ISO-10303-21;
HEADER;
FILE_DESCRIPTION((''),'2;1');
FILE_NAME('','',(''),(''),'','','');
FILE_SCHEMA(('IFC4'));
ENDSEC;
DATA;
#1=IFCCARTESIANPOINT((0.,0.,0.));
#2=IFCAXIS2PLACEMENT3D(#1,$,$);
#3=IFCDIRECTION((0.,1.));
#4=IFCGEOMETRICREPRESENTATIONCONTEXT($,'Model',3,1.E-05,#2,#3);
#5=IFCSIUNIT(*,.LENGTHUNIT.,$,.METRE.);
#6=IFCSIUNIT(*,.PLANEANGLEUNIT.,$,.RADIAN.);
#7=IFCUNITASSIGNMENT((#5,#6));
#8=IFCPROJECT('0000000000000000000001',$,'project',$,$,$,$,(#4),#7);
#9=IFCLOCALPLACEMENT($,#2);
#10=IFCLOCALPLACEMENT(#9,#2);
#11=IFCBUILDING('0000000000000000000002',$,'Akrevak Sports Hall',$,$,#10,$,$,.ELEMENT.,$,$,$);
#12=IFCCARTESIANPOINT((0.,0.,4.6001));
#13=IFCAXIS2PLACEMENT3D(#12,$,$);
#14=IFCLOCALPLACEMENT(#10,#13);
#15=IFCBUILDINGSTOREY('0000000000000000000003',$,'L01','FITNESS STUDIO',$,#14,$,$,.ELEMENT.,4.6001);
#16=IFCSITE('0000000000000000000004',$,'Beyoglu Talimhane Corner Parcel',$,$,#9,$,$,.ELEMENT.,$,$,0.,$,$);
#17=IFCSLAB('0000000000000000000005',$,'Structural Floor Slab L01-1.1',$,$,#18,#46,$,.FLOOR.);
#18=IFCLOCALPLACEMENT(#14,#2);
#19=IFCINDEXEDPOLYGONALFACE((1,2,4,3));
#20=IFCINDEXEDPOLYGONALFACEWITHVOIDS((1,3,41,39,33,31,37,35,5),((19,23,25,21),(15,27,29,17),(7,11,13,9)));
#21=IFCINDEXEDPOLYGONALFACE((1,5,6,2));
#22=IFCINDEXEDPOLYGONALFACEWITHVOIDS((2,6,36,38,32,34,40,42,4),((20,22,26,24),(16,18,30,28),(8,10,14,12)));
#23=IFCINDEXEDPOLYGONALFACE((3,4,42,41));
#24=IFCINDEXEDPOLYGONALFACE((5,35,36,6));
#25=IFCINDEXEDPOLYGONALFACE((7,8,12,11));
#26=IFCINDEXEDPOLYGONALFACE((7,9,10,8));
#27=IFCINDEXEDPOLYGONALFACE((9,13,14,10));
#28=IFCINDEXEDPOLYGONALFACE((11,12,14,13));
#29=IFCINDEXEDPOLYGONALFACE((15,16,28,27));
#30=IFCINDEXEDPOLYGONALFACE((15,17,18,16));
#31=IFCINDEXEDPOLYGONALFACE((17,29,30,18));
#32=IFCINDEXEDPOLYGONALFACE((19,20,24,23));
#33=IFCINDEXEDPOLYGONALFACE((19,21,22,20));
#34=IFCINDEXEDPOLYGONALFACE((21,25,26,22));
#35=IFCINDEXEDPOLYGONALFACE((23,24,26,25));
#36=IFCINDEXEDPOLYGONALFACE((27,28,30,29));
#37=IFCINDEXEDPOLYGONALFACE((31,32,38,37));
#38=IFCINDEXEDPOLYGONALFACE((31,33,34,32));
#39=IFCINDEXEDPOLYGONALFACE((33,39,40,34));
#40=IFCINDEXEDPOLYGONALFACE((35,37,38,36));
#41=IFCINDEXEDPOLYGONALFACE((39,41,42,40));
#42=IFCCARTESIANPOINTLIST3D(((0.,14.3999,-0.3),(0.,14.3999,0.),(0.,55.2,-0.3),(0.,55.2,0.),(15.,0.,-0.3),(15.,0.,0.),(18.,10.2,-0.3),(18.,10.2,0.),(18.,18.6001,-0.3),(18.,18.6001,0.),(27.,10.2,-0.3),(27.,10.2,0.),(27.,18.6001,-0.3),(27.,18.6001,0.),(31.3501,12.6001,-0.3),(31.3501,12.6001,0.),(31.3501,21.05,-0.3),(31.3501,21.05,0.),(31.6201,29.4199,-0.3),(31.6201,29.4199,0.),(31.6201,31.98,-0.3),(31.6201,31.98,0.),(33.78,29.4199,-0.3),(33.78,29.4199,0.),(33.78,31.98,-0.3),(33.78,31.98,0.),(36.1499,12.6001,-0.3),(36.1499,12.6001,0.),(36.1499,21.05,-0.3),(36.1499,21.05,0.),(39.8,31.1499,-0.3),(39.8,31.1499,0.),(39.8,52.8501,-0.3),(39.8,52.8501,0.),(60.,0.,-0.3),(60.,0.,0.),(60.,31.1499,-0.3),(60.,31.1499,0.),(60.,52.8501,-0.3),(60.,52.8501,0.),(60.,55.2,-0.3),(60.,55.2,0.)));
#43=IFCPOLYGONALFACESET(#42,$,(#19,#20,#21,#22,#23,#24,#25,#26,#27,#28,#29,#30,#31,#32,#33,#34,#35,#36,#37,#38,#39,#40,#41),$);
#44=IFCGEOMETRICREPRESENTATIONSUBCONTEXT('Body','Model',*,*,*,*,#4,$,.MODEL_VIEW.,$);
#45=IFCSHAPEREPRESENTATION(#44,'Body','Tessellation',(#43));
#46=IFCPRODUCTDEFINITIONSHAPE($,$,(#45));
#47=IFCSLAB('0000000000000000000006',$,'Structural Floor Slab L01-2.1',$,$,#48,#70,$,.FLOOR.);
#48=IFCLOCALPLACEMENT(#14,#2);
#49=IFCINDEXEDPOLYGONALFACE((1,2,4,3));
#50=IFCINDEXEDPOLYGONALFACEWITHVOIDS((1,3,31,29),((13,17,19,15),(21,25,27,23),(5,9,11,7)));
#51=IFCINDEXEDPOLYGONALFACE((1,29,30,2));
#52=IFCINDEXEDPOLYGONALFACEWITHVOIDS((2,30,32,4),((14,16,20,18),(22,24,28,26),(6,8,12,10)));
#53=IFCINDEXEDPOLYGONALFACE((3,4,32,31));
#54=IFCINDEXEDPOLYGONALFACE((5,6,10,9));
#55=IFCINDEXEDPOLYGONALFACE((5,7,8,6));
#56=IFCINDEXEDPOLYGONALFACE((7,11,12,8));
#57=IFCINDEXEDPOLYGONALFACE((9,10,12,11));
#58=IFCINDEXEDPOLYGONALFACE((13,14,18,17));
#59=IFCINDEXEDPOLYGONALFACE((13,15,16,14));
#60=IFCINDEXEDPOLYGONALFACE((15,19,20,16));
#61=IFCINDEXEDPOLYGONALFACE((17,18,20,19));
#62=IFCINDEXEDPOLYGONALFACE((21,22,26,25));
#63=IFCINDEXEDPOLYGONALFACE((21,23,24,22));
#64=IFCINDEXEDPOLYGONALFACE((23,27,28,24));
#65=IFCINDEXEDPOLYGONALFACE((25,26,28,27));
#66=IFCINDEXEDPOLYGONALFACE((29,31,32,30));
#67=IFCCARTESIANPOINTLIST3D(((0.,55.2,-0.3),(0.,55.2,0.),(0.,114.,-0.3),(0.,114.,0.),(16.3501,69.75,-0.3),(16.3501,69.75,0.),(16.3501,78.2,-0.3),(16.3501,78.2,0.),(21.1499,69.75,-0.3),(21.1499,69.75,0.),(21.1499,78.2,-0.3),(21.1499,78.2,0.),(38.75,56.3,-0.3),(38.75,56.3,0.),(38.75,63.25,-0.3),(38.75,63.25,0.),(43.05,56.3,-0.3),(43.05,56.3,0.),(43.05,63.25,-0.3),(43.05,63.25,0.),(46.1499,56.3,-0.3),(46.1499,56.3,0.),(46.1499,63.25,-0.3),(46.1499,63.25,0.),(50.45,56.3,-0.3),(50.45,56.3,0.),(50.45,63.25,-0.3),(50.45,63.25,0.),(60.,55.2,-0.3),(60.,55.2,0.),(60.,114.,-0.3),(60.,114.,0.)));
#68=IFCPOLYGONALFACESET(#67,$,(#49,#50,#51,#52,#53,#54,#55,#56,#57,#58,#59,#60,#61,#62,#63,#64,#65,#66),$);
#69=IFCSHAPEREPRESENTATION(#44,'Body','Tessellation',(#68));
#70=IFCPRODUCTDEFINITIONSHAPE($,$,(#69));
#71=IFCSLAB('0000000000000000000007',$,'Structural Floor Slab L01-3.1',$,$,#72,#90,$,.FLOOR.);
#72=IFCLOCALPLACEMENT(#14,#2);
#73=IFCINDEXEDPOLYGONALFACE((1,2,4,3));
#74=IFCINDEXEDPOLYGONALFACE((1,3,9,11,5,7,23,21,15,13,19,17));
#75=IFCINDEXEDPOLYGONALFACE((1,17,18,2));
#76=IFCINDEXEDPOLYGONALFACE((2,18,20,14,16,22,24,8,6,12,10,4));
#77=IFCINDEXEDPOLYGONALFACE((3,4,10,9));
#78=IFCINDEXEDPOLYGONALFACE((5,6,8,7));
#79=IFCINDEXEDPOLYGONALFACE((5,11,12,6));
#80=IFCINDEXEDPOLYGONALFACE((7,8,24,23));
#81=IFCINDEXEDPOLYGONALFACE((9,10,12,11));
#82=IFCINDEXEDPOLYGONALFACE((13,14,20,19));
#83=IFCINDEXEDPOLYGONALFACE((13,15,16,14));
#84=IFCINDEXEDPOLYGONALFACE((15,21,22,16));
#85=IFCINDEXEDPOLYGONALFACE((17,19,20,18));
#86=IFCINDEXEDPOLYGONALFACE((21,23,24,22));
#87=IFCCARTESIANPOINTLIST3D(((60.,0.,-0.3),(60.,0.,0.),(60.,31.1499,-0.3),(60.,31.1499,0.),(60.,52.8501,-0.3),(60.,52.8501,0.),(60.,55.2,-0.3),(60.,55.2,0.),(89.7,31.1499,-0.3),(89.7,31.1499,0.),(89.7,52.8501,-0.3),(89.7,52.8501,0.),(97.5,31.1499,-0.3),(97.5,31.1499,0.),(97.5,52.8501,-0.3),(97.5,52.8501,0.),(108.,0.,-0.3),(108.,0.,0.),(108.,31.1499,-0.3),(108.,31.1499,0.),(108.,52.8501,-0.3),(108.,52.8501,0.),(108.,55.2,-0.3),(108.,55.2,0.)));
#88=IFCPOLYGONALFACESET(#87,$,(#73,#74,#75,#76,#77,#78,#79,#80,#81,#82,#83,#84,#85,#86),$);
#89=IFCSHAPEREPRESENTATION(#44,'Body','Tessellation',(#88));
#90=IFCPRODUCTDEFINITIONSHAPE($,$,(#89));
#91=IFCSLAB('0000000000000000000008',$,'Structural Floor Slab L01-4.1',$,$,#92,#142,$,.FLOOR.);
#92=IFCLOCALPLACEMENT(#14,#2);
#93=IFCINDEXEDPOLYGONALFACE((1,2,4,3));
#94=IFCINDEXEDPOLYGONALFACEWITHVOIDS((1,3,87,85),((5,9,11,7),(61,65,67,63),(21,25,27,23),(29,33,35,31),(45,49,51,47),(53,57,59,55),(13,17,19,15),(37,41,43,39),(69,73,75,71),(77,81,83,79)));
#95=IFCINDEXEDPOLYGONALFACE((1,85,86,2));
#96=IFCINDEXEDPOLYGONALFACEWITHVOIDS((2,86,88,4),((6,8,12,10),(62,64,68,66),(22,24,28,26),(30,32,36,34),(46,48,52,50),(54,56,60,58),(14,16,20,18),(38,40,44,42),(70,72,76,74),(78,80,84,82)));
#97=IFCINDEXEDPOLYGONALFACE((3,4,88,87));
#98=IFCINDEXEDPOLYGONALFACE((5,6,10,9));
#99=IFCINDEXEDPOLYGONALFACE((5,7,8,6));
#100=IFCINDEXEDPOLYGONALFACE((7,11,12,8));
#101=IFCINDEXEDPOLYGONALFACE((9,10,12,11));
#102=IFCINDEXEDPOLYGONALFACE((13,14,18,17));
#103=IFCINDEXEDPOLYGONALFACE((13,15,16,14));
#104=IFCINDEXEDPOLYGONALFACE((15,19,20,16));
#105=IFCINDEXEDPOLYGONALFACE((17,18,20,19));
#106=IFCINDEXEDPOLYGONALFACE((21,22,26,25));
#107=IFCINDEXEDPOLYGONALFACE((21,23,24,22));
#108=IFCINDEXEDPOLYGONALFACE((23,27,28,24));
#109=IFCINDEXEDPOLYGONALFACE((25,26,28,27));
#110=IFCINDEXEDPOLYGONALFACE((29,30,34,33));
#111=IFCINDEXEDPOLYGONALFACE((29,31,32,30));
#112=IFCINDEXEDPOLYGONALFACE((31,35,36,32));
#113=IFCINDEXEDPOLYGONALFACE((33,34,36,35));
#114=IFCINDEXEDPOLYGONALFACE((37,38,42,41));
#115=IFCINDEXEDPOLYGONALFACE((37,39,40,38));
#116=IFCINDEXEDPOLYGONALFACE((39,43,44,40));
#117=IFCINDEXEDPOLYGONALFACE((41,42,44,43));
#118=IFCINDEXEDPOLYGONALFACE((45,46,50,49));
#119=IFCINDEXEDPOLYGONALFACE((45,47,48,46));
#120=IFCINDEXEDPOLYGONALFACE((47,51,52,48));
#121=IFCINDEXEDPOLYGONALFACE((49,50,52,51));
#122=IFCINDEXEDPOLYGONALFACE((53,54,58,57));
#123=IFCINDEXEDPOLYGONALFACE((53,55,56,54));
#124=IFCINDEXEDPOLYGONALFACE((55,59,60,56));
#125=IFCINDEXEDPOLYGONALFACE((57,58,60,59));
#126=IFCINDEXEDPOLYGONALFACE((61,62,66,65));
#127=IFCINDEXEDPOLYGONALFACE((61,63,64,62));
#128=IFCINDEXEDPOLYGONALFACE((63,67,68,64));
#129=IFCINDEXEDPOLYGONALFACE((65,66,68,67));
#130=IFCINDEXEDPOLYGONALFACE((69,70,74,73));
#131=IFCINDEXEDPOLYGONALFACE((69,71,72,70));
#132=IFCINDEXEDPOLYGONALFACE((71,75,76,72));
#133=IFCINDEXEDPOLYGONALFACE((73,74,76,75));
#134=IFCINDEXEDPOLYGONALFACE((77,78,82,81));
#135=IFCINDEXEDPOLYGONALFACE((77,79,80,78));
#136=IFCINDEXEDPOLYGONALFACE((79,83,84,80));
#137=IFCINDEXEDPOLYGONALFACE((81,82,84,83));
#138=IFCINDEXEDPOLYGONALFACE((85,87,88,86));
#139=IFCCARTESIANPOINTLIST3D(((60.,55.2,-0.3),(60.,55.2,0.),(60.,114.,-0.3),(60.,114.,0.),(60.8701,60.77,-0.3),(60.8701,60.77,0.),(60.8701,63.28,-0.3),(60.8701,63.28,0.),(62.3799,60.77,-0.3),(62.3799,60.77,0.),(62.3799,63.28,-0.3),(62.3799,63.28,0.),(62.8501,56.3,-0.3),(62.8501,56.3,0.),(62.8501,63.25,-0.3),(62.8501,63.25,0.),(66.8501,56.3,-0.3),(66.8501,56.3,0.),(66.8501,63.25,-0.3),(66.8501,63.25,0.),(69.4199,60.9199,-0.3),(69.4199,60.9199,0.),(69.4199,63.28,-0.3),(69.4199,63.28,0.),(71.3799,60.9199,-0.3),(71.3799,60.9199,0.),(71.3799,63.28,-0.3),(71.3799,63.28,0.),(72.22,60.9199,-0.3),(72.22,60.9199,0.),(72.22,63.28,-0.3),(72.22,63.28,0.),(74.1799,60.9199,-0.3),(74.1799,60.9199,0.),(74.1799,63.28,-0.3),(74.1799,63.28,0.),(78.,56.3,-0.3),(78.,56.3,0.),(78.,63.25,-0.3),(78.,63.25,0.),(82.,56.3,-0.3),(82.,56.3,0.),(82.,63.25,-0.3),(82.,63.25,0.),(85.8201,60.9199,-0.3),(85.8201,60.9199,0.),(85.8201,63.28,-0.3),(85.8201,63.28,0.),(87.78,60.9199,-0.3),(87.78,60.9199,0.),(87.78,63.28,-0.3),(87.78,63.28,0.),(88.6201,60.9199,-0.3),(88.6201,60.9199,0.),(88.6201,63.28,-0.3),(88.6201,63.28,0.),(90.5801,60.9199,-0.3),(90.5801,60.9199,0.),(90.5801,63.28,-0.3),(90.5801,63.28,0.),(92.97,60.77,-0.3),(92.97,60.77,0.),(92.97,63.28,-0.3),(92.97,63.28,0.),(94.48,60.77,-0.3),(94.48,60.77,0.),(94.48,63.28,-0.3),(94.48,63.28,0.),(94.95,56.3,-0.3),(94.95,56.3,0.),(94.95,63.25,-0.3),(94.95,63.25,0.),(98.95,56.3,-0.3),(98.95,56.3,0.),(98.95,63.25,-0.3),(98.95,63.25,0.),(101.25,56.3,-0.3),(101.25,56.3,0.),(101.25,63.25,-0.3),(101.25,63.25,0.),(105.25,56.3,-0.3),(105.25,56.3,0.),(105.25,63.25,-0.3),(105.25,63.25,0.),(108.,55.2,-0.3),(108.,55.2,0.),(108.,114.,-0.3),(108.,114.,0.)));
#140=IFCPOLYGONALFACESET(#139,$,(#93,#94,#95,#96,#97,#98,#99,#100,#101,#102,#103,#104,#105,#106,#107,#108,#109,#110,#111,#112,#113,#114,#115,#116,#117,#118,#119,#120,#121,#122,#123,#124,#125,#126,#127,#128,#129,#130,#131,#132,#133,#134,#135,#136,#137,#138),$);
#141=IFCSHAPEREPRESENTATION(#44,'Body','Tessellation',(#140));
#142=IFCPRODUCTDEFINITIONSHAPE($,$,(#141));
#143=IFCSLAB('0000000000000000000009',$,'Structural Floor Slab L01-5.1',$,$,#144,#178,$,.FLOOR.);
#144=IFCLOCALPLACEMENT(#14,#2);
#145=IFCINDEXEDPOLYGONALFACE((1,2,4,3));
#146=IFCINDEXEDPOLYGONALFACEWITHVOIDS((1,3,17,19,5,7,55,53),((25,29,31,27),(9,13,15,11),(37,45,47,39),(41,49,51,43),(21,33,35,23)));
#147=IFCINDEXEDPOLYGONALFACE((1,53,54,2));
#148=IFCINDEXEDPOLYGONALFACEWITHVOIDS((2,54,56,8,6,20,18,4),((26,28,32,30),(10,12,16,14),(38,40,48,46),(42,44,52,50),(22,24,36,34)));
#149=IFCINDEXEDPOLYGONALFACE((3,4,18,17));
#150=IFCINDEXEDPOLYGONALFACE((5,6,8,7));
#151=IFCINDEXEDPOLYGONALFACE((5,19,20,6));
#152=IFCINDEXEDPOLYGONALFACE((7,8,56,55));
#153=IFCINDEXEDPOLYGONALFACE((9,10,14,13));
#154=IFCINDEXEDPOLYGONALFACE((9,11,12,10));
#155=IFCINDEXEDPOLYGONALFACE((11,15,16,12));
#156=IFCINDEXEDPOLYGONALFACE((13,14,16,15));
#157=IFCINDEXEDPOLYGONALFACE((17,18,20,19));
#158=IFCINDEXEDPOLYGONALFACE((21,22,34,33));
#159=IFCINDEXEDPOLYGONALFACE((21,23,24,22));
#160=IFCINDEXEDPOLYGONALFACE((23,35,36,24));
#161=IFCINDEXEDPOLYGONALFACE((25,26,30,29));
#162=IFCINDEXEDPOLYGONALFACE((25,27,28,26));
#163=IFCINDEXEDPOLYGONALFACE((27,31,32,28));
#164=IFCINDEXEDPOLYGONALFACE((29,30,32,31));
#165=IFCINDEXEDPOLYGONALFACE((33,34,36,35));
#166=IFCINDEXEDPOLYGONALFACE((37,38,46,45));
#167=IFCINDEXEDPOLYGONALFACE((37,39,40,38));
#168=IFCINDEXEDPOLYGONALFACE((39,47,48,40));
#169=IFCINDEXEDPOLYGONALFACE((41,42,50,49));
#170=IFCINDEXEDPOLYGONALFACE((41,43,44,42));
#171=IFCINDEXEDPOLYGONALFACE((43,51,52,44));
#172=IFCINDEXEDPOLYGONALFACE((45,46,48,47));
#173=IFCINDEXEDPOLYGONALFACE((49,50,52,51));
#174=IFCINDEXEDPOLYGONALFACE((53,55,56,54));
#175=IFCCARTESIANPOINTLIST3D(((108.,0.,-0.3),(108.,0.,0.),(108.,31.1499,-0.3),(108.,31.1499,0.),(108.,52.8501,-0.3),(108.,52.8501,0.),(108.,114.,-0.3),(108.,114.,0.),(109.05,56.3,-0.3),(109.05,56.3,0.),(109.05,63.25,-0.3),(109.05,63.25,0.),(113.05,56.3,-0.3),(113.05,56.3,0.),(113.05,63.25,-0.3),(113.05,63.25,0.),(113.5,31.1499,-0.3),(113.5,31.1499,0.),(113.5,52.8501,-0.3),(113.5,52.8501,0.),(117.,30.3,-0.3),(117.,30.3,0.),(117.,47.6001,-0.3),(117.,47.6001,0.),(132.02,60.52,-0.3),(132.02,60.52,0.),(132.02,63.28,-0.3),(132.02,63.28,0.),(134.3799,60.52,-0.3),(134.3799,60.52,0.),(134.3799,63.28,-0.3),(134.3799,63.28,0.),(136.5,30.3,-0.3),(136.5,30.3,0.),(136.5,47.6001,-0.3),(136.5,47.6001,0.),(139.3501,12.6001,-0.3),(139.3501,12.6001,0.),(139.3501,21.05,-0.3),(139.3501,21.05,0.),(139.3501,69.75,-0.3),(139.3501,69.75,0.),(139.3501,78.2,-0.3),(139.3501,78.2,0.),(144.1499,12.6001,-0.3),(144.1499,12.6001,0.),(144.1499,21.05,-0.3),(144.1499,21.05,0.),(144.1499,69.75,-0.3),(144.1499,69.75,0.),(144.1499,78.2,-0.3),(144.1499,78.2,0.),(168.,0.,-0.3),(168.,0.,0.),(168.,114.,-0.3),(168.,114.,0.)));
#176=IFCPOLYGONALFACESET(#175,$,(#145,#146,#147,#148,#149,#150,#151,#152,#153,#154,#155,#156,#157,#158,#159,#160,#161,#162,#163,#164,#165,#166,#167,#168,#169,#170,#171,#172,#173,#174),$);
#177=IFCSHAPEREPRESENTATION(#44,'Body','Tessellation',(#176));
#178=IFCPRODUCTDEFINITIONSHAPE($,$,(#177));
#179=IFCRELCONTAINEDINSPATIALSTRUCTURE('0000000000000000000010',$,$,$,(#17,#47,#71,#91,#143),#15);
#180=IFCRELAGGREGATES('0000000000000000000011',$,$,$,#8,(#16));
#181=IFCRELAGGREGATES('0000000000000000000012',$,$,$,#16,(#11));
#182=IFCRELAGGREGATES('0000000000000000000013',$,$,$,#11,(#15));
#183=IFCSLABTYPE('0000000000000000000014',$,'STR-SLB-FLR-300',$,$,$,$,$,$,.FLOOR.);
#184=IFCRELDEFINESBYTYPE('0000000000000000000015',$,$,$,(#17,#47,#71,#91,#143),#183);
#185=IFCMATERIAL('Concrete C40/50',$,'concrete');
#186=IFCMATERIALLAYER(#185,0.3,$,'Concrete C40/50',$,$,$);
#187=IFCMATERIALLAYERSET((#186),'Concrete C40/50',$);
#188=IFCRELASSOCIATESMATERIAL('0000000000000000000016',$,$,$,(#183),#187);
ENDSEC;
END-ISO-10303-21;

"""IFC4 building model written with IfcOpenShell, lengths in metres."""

from ifc_helpers import new_model, si_unit, direction, frame, origin, place, context, subcontext, project, spatial, polyline, outline, extrude, material, layer, layer_set, type_object, element, save


model = new_model("IFC4")

# Units and contexts
model_context = context("Model", 3, precision=1e-05, world=origin(), true_north=direction((0.0, 1.0)))
body_context = subcontext(model_context, "Body", "Model", "MODEL_VIEW")
ifc_project = project(units=[si_unit("LENGTHUNIT", "METRE"), si_unit("PLANEANGLEUNIT", "RADIAN")], contexts=[model_context])

# Site, building, storey
site_placement = place(None, origin())
site = spatial("IfcSite", under=ifc_project, at=site_placement, Name="Beyoglu Talimhane Corner Parcel", CompositionType="ELEMENT", RefElevation=0.0)
building_placement = place(site_placement, origin())
building = spatial("IfcBuilding", under=site, at=building_placement, Name="Akrevak Sports Hall", CompositionType="ELEMENT")
storey_placement = place(building_placement, frame((0.0, 0.0, 4.6001)))
storey = spatial("IfcBuildingStorey", under=building, at=storey_placement, Name="L01", Description="FITNESS STUDIO", CompositionType="ELEMENT", Elevation=4.6001)

# Shared definitions
ifc_material_1 = material(Name="Concrete C40/50", Category="concrete")

# Slabs
ifc_layer_1 = layer(ifc_material_1, 0.3, Name="Concrete C40/50")
ifc_layer_set_1 = layer_set([ifc_layer_1], Name="Concrete C40/50")
slab_type_1 = type_object("IfcSlabType", Name="STR-SLB-FLR-300", PredefinedType="FLOOR", material=ifc_layer_set_1)
slab_1_placement = place(storey_placement, frame((0.0, 0.0, -0.3)))
element("IfcSlab", 1, at=slab_1_placement, inside=storey, type_object=slab_type_1, Name="Structural Floor Slab L01-1.1", PredefinedType="FLOOR", context=body_context, shape_type="SweptSolid", body=[
    extrude(outline(polyline([(0.0, 14.3999), (15.0, 0.0), (60.0, 0.0), (60.0, 31.1499), (39.8, 31.1499), (39.8, 52.8501), (60.0, 52.8501), (60.0, 55.2), (0.0, 55.2), (0.0, 14.3999)]), holes=[polyline([(27.0, 18.6001), (27.0, 10.2), (18.0, 10.2), (18.0, 18.6001), (27.0, 18.6001)]), polyline([(36.1499, 21.05), (36.1499, 12.6001), (31.3501, 12.6001), (31.3501, 21.05), (36.1499, 21.05)]), polyline([(33.78, 31.98), (33.78, 29.4199), (31.6201, 29.4199), (31.6201, 31.98), (33.78, 31.98)])]), origin(), (0.0, 0.0, 1.0), 0.3),
])
slab_2_placement = place(storey_placement, frame((0.0, 0.0, -0.3)))
element("IfcSlab", 2, at=slab_2_placement, inside=storey, type_object=slab_type_1, Name="Structural Floor Slab L01-2.1", PredefinedType="FLOOR", context=body_context, shape_type="SweptSolid", body=[
    extrude(outline(polyline([(0.0, 55.2), (60.0, 55.2), (60.0, 114.0), (0.0, 114.0), (0.0, 55.2)]), holes=[polyline([(43.05, 56.3), (38.75, 56.3), (38.75, 63.25), (43.05, 63.25), (43.05, 56.3)]), polyline([(50.45, 63.25), (50.45, 56.3), (46.1499, 56.3), (46.1499, 63.25), (50.45, 63.25)]), polyline([(21.1499, 78.2), (21.1499, 69.75), (16.3501, 69.75), (16.3501, 78.2), (21.1499, 78.2)])]), origin(), (0.0, 0.0, 1.0), 0.3),
])
slab_3_placement = place(storey_placement, frame((0.0, 0.0, -0.3)))
element("IfcSlab", 3, at=slab_3_placement, inside=storey, type_object=slab_type_1, Name="Structural Floor Slab L01-3.1", PredefinedType="FLOOR", context=body_context, shape_type="SweptSolid", body=[
    extrude(outline(polyline([(108.0, 0.0), (108.0, 31.1499), (97.5, 31.1499), (97.5, 52.8501), (108.0, 52.8501), (108.0, 55.2), (60.0, 55.2), (60.0, 52.8501), (89.7, 52.8501), (89.7, 31.1499), (60.0, 31.1499), (60.0, 0.0), (108.0, 0.0)])), origin(), (0.0, 0.0, 1.0), 0.3),
])
slab_4_placement = place(storey_placement, frame((0.0, 0.0, -0.3)))
element("IfcSlab", 4, at=slab_4_placement, inside=storey, type_object=slab_type_1, Name="Structural Floor Slab L01-4.1", PredefinedType="FLOOR", context=body_context, shape_type="SweptSolid", body=[
    extrude(outline(polyline([(60.0, 114.0), (60.0, 55.2), (108.0, 55.2), (108.0, 114.0), (60.0, 114.0)]), holes=[polyline([(66.8501, 56.3), (62.8501, 56.3), (62.8501, 63.25), (66.8501, 63.25), (66.8501, 56.3)]), polyline([(82.0, 56.3), (78.0, 56.3), (78.0, 63.25), (82.0, 63.25), (82.0, 56.3)]), polyline([(62.3799, 63.28), (62.3799, 60.77), (60.8701, 60.77), (60.8701, 63.28), (62.3799, 63.28)]), polyline([(71.3799, 60.9199), (69.4199, 60.9199), (69.4199, 63.28), (71.3799, 63.28), (71.3799, 60.9199)]), polyline([(74.1799, 60.9199), (72.22, 60.9199), (72.22, 63.28), (74.1799, 63.28), (74.1799, 60.9199)]), polyline([(98.95, 56.3), (94.95, 56.3), (94.95, 63.25), (98.95, 63.25), (98.95, 56.3)]), polyline([(105.25, 56.3), (101.25, 56.3), (101.25, 63.25), (105.25, 63.25), (105.25, 56.3)]), polyline([(94.48, 60.77), (92.97, 60.77), (92.97, 63.28), (94.48, 63.28), (94.48, 60.77)]), polyline([(87.78, 63.28), (87.78, 60.9199), (85.8201, 60.9199), (85.8201, 63.28), (87.78, 63.28)]), polyline([(90.5801, 60.9199), (88.6201, 60.9199), (88.6201, 63.28), (90.5801, 63.28), (90.5801, 60.9199)])]), origin(), (0.0, 0.0, 1.0), 0.3),
])
slab_5_placement = place(storey_placement, frame((0.0, 0.0, -0.3)))
element("IfcSlab", 5, at=slab_5_placement, inside=storey, type_object=slab_type_1, Name="Structural Floor Slab L01-5.1", PredefinedType="FLOOR", context=body_context, shape_type="SweptSolid", body=[
    extrude(outline(polyline([(108.0, 114.0), (108.0, 52.8501), (113.5, 52.8501), (113.5, 31.1499), (108.0, 31.1499), (108.0, 0.0), (168.0, 0.0), (168.0, 114.0), (108.0, 114.0)]), holes=[polyline([(144.1499, 12.6001), (139.3501, 12.6001), (139.3501, 21.05), (144.1499, 21.05), (144.1499, 12.6001)]), polyline([(136.5, 30.3), (117.0, 30.3), (117.0, 47.6001), (136.5, 47.6001), (136.5, 30.3)]), polyline([(113.05, 63.25), (113.05, 56.3), (109.05, 56.3), (109.05, 63.25), (113.05, 63.25)]), polyline([(134.3799, 60.52), (132.02, 60.52), (132.02, 63.28), (134.3799, 63.28), (134.3799, 60.52)]), polyline([(144.1499, 69.75), (139.3501, 69.75), (139.3501, 78.2), (144.1499, 78.2), (144.1499, 69.75)])]), origin(), (0.0, 0.0, 1.0), 0.3),
])

save(model, "model.ifc")
